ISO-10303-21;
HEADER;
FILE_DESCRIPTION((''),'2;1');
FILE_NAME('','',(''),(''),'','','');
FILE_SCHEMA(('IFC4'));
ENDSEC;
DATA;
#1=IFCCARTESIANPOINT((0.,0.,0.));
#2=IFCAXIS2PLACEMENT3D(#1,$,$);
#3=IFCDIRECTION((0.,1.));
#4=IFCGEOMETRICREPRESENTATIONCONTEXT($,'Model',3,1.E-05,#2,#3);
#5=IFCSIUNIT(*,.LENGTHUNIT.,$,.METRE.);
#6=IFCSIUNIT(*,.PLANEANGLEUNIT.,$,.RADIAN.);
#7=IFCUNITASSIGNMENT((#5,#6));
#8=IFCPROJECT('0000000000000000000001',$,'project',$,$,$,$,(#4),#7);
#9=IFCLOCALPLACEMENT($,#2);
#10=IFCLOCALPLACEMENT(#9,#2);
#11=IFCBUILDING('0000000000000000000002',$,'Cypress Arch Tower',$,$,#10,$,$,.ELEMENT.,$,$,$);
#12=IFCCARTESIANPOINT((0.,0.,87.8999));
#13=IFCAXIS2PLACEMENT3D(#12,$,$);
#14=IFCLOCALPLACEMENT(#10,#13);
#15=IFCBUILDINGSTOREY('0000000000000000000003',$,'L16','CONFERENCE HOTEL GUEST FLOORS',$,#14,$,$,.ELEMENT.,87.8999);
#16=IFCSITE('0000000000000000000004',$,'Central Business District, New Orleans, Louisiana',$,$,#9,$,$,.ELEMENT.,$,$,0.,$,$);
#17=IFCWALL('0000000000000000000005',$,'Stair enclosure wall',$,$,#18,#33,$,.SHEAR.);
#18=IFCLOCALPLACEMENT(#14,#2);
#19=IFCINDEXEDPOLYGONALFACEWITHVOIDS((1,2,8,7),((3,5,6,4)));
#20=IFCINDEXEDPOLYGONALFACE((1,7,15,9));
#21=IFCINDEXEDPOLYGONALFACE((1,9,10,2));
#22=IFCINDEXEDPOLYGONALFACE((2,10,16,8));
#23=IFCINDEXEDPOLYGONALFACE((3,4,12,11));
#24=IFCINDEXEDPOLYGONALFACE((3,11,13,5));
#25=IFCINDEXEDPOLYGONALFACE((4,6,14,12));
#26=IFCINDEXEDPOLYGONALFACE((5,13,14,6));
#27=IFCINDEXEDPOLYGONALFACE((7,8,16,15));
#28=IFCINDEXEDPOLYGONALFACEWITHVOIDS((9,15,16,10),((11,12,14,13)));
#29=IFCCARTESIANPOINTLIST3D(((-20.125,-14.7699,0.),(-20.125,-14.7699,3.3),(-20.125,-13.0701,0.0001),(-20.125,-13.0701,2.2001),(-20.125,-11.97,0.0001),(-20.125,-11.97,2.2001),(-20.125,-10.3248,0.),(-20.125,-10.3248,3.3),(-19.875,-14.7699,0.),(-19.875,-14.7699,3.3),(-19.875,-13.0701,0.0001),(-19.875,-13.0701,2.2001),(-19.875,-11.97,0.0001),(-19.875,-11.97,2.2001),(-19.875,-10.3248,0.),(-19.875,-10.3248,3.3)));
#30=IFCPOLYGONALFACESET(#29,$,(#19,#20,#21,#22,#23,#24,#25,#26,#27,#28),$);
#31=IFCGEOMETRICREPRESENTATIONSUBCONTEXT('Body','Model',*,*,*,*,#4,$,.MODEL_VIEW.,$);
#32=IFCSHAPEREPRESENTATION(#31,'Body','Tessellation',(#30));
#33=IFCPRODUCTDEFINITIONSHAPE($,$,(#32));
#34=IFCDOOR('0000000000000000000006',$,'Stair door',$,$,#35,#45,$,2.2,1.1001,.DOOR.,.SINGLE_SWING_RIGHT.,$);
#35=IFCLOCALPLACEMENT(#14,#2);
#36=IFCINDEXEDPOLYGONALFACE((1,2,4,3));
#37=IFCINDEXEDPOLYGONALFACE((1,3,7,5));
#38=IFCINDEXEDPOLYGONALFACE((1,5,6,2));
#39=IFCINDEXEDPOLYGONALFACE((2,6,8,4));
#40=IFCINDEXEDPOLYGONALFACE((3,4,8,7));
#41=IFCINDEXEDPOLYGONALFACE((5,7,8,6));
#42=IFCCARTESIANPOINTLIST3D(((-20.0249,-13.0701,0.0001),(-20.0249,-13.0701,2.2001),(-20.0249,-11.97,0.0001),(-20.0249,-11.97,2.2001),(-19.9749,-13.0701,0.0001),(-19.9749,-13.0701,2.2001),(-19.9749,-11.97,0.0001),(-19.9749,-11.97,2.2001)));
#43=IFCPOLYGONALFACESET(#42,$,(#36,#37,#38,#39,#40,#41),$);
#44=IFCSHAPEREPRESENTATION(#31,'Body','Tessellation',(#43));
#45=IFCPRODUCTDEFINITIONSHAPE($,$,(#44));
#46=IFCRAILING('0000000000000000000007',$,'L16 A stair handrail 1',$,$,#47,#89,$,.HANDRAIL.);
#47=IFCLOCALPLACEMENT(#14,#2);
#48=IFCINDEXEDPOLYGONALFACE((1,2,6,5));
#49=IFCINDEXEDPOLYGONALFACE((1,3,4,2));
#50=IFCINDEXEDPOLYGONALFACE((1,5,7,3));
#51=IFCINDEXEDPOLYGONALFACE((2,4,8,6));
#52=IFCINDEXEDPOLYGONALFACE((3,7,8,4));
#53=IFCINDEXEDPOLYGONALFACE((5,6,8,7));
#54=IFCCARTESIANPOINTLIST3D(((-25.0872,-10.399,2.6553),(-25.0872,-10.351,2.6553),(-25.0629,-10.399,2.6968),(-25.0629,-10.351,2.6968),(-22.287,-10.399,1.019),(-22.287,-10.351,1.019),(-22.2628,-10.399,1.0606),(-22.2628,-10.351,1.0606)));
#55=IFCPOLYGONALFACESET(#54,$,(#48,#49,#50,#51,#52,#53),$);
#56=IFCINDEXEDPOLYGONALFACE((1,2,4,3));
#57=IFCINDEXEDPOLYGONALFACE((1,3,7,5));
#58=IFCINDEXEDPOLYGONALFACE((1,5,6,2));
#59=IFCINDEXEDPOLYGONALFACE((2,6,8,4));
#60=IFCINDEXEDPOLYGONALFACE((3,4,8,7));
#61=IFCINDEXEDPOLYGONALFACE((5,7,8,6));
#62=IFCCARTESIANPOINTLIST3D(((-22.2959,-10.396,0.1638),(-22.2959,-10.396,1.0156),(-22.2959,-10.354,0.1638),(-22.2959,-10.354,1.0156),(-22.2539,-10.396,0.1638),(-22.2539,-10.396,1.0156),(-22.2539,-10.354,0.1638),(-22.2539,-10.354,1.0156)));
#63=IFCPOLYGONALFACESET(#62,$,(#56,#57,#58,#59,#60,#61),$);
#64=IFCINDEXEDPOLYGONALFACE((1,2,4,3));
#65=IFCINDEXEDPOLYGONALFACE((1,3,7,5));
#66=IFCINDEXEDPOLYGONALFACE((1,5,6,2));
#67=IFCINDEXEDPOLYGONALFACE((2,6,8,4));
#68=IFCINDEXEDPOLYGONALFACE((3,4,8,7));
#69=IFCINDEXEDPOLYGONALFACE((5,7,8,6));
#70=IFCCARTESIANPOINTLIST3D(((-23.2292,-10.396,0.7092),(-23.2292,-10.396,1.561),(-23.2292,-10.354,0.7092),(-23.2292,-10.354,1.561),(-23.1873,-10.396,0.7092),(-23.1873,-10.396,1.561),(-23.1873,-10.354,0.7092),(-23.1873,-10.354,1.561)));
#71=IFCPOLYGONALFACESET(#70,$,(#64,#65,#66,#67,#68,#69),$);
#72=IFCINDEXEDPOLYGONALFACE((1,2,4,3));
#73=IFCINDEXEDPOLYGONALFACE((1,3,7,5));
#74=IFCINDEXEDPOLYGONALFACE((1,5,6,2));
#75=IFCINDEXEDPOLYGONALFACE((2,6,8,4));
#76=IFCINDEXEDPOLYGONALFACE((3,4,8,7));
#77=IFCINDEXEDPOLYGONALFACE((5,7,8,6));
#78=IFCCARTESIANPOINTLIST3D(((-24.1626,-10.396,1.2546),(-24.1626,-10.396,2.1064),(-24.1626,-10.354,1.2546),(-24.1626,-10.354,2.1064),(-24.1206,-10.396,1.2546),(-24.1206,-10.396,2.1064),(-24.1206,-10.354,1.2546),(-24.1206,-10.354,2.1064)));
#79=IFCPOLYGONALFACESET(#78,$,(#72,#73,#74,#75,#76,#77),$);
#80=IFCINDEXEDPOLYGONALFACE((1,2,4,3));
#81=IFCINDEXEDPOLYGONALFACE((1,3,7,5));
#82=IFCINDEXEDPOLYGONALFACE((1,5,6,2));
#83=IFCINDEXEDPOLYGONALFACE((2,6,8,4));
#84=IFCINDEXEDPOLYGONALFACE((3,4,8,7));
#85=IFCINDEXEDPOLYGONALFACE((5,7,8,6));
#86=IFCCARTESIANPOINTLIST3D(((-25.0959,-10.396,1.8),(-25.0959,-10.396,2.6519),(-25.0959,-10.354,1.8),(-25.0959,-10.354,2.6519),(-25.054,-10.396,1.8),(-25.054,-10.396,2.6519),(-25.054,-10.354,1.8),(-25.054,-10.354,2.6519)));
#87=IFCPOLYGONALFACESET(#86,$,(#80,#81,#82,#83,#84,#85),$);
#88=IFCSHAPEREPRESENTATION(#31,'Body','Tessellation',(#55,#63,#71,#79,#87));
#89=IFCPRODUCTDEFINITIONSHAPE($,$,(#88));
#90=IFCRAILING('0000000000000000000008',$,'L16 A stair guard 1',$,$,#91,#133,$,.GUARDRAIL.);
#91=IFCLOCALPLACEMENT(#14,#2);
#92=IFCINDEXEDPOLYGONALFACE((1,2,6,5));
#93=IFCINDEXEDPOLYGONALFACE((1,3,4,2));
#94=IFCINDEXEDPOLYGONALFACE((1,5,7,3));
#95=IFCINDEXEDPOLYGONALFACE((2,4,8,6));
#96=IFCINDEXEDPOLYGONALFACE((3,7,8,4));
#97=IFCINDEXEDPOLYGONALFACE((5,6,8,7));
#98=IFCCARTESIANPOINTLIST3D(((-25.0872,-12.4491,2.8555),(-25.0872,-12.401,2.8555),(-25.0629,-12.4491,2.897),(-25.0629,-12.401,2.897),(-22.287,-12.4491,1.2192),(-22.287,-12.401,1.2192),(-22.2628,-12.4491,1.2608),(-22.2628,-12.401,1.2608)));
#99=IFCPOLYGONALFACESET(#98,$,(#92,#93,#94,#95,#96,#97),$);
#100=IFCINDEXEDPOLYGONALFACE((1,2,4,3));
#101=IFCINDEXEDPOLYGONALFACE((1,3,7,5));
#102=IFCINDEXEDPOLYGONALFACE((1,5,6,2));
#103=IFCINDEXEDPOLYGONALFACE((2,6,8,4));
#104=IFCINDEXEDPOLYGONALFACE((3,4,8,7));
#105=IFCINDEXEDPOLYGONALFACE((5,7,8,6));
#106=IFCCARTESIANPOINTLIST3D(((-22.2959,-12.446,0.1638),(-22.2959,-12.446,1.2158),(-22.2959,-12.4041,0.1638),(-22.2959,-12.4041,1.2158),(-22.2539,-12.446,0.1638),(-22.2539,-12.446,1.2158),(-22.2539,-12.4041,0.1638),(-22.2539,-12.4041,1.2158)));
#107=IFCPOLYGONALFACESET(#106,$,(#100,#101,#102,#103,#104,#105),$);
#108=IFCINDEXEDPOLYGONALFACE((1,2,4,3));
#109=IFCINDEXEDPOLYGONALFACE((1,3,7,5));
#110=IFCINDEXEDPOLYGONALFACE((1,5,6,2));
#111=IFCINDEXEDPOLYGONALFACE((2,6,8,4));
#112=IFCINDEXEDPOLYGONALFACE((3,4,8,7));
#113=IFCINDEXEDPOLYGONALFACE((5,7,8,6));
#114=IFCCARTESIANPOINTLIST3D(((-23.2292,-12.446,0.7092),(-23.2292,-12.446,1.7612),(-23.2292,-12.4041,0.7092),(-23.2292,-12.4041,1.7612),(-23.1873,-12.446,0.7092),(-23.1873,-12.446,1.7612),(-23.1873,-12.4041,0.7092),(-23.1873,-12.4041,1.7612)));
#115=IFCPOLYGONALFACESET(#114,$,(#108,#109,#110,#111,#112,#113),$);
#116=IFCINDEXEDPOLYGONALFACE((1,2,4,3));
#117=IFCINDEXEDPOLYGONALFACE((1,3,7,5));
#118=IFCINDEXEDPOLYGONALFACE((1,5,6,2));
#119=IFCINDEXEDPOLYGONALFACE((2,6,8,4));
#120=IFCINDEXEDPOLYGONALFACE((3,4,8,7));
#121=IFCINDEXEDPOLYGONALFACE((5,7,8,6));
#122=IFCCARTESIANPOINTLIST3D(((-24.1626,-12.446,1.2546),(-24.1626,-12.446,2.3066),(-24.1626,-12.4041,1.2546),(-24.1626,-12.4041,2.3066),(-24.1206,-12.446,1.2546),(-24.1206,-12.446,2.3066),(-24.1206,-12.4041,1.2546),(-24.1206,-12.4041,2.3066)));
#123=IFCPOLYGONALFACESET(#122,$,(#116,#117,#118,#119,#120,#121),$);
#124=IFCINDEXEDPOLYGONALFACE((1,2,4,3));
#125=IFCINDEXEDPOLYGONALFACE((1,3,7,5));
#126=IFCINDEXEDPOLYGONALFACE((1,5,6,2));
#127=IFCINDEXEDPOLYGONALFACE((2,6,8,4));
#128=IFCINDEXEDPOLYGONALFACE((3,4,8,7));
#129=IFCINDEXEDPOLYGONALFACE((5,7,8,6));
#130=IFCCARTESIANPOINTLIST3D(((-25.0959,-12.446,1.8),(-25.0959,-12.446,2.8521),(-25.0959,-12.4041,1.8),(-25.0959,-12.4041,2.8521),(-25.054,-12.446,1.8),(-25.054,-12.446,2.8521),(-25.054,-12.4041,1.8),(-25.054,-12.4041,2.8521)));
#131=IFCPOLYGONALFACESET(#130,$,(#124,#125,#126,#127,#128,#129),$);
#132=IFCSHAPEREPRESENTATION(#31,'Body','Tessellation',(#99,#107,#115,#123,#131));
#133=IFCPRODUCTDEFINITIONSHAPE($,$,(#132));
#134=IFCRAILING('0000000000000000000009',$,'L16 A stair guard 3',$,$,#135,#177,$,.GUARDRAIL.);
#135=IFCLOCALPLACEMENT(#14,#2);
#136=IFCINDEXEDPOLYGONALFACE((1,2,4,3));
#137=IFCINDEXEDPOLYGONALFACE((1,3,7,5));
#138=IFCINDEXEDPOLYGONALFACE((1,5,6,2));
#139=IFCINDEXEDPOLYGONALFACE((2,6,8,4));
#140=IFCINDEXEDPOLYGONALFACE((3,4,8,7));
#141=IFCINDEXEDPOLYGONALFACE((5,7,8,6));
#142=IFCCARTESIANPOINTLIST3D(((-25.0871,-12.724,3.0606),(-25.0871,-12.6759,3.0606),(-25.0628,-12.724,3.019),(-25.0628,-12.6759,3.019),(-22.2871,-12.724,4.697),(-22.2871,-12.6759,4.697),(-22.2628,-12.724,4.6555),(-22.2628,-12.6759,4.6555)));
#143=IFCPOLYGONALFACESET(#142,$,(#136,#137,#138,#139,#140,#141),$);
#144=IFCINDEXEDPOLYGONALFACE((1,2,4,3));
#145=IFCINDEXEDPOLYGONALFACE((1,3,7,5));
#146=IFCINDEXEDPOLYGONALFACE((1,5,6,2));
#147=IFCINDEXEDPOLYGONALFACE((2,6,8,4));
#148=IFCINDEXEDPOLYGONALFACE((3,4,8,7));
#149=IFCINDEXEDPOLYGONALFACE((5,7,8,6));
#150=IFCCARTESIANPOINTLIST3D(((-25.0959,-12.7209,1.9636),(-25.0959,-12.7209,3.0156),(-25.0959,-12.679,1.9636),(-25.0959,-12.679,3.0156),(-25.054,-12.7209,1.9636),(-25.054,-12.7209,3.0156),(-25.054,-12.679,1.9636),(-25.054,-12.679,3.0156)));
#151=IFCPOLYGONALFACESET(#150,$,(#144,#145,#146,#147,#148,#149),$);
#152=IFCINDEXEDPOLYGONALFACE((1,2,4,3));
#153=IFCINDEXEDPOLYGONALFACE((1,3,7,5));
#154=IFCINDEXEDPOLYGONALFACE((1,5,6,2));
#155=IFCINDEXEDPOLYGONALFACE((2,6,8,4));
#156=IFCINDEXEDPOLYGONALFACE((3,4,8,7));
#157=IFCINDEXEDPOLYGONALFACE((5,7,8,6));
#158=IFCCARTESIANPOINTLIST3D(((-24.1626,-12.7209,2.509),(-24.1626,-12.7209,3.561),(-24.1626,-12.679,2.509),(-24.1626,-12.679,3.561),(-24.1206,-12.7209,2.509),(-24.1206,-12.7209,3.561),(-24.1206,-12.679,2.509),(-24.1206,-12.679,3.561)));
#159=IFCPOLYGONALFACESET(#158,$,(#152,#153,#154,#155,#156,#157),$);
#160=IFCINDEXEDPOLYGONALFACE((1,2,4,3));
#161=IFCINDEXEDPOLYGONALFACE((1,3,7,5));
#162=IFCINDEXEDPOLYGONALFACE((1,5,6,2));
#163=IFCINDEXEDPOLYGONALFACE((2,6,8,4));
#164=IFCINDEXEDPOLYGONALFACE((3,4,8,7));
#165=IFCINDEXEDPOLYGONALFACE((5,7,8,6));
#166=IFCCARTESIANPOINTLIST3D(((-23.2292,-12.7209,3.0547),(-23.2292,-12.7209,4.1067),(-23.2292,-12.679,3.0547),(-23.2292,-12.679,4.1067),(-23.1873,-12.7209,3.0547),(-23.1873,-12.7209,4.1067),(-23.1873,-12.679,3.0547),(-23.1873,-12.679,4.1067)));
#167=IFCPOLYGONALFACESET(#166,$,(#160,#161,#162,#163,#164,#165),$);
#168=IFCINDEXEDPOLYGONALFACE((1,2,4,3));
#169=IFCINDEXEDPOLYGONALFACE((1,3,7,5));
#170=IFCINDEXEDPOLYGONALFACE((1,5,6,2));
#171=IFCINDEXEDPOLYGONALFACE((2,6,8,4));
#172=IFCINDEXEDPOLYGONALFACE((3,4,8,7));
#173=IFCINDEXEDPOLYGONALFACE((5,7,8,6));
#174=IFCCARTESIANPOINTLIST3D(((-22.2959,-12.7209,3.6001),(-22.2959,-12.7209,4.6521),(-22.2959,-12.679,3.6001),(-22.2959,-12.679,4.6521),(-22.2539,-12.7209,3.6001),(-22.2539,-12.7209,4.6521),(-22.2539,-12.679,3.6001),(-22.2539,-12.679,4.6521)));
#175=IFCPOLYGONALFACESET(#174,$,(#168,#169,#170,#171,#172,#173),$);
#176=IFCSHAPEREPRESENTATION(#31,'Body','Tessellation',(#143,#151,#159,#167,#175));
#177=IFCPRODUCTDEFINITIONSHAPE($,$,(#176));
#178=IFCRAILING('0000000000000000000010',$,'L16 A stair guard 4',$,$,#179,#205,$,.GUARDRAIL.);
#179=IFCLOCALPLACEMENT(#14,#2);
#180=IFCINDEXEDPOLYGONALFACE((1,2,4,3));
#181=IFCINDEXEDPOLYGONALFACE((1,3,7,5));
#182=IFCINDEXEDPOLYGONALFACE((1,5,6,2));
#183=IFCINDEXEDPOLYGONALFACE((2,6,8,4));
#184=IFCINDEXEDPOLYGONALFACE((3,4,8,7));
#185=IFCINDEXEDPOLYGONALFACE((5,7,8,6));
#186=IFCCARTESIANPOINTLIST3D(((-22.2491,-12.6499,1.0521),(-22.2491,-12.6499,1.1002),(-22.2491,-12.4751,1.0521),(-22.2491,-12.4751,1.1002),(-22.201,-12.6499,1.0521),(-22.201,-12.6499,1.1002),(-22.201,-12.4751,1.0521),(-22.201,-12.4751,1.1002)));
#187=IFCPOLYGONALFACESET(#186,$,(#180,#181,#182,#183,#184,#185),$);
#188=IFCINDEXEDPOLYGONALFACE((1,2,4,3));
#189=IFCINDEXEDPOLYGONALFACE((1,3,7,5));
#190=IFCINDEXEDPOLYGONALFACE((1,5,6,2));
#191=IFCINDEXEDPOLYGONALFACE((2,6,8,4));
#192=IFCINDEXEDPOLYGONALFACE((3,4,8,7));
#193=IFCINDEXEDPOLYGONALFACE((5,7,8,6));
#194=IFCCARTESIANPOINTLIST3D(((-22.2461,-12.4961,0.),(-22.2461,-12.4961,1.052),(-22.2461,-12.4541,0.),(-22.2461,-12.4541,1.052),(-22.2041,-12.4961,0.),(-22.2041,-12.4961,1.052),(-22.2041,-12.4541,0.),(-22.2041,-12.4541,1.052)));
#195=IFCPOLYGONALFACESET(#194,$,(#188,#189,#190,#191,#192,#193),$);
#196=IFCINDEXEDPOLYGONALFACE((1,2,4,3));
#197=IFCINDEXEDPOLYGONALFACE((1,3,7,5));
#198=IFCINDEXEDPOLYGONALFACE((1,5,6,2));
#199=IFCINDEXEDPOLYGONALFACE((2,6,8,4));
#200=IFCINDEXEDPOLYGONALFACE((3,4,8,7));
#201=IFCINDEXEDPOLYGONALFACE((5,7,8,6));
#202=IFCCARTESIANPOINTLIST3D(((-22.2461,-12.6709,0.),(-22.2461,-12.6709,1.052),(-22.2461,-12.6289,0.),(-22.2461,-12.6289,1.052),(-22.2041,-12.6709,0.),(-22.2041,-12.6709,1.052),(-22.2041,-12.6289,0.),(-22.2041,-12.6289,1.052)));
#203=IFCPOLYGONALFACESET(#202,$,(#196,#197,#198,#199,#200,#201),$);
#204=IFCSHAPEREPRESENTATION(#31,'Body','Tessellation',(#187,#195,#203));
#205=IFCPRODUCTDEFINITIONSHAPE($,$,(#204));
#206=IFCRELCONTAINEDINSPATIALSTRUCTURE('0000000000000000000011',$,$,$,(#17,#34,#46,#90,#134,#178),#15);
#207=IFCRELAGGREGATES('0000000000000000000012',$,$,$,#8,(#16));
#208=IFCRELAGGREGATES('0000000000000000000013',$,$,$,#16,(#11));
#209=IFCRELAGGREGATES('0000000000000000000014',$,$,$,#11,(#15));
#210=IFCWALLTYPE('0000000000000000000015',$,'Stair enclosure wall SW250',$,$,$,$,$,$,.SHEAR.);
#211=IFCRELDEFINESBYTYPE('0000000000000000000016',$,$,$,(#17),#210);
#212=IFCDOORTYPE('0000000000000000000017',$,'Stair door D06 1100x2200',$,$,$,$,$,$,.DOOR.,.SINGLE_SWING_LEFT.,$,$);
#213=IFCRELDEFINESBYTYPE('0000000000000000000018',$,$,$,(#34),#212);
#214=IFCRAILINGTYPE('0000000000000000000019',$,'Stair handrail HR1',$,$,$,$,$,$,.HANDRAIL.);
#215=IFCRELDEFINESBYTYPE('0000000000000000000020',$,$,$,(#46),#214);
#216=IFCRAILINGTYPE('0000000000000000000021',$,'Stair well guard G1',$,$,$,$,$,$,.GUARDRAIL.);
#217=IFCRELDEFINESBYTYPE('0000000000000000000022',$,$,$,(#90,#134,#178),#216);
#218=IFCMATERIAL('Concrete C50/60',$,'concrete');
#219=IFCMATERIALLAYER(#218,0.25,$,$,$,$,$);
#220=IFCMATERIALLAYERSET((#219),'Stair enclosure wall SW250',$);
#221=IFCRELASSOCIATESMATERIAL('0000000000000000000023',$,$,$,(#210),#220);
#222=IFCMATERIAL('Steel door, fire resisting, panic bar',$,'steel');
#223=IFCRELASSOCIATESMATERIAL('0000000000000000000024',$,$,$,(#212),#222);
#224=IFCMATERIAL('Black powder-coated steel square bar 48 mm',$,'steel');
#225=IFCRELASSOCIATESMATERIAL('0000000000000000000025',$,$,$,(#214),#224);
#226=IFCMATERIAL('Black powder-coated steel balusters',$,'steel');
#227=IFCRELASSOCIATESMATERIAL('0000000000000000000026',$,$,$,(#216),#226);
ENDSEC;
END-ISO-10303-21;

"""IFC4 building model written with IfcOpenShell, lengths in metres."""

from ifc_helpers import new_model, si_unit, direction, frame, frame_2d, origin, origin_2d, place, context, subcontext, project, spatial, rectangle, extrude, material, layer, layer_set, type_object, element, fill, save


model = new_model("IFC4")

# Units and contexts
model_context = context("Model", 3, precision=1e-05, world=origin(), true_north=direction((0.0, 1.0)))
body_context = subcontext(model_context, "Body", "Model", "MODEL_VIEW")
ifc_project = project(units=[si_unit("LENGTHUNIT", "METRE"), si_unit("PLANEANGLEUNIT", "RADIAN")], contexts=[model_context])

# Site, building, storey
site_placement = place(None, origin())
site = spatial("IfcSite", under=ifc_project, at=site_placement, Name="Central Business District, New Orleans, Louisiana", CompositionType="ELEMENT", RefElevation=0.0)
building_placement = place(site_placement, origin())
building = spatial("IfcBuilding", under=site, at=building_placement, Name="Cypress Arch Tower", CompositionType="ELEMENT")
storey_placement = place(building_placement, frame((0.0, 0.0, 87.8999)))
storey = spatial("IfcBuildingStorey", under=building, at=storey_placement, Name="L16", Description="CONFERENCE HOTEL GUEST FLOORS", CompositionType="ELEMENT", Elevation=87.8999)

# Wall, opening, door
ifc_material_1 = material(Name="Concrete C50/60", Category="concrete")
ifc_layer_1 = layer(ifc_material_1, 0.25)
ifc_layer_set_1 = layer_set([ifc_layer_1], Name="Stair enclosure wall SW250")
wall_type_1 = type_object("IfcWallType", Name="Stair enclosure wall SW250", PredefinedType="SHEAR", material=ifc_layer_set_1)
wall_1_placement = place(storey_placement, frame((-20.0, -14.77, 0.0), z_axis=(0.0, 0.0, 1.0), x_axis=(0.0, 1.0, 0.0)))
wall_1 = element("IfcWall", 1, at=wall_1_placement, inside=storey, type_object=wall_type_1, Name="Stair enclosure wall", PredefinedType="SHEAR", context=body_context, shape_type="SweptSolid", body=[
    extrude(rectangle(XDim=4.4451, YDim=0.25, at=frame_2d((2.2227, 0.0))), origin(), (0.0, 0.0, 1.0), 3.3),
])
opening_1_placement = place(wall_1_placement, frame((1.7, 0.0, 0.0)))
opening_1 = element("IfcOpeningElement", 2, at=opening_1_placement, cuts=wall_1, PredefinedType="OPENING", context=body_context, shape_type="SweptSolid", body=[
    extrude(rectangle(XDim=1.1001, YDim=2.2, at=frame_2d((0.55, 1.1001))), frame((0.0, 0.135, 0.0), z_axis=(0.0, -1.0, 0.0), x_axis=(1.0, 0.0, 0.0)), (0.0, 0.0, 1.0), 0.27),
])
ifc_material_2 = material(Name="Steel door, fire resisting, panic bar", Category="steel")
door_type_1 = type_object("IfcDoorType", Name="Stair door D06 1100x2200", OperationType="SINGLE_SWING_LEFT", PredefinedType="DOOR", material=ifc_material_2)
door_1_placement = place(opening_1_placement, origin())
door_1 = element("IfcDoor", 3, at=door_1_placement, inside=storey, type_object=door_type_1, Name="Stair door", OperationType="SINGLE_SWING_RIGHT", OverallHeight=2.2, OverallWidth=1.1001, PredefinedType="DOOR", context=body_context, shape_type="SweptSolid", body=[
    extrude(rectangle(XDim=1.1001, YDim=2.2, at=frame_2d((0.55, 1.1001))), frame((0.0, 0.0249, 0.0), z_axis=(0.0, -1.0, 0.0), x_axis=(1.0, 0.0, 0.0)), (0.0, 0.0, 1.0), 0.05),
])
fill(opening_1, door_1)

# Railings
ifc_material_3 = material(Name="Black powder-coated steel square bar 48 mm", Category="steel")
railing_type_1 = type_object("IfcRailingType", Name="Stair handrail HR1", PredefinedType="HANDRAIL", material=ifc_material_3)
railing_1_placement = place(storey_placement, frame((-22.2749, -10.375, 0.1638)))
element("IfcRailing", 4, at=railing_1_placement, inside=storey, type_object=railing_type_1, Name="L16 A stair handrail 1", PredefinedType="HANDRAIL", context=body_context, shape_type="SweptSolid", body=[
    extrude(rectangle(XDim=0.0481, YDim=0.0481, at=origin_2d()), frame((0.0, 0.0, 0.876), z_axis=(-0.863394, 0.0, 0.504531), x_axis=(0.0, -1.0, 0.0)), (0.0, 0.0, 1.0), 3.2432),
    extrude(rectangle(XDim=0.042, YDim=0.042, at=origin_2d()), origin(), (0.0, 0.0, 1.0), 0.8518),
    extrude(rectangle(XDim=0.042, YDim=0.042, at=origin_2d()), frame((-0.9333, 0.0, 0.5454)), (0.0, 0.0, 1.0), 0.8518),
    extrude(rectangle(XDim=0.042, YDim=0.042, at=origin_2d()), frame((-1.8667, 0.0, 1.0908)), (0.0, 0.0, 1.0), 0.8518),
    extrude(rectangle(XDim=0.042, YDim=0.042, at=origin_2d()), frame((-2.8, 0.0, 1.6362)), (0.0, 0.0, 1.0), 0.8518),
])
ifc_material_4 = material(Name="Black powder-coated steel balusters", Category="steel")
railing_type_2 = type_object("IfcRailingType", Name="Stair well guard G1", PredefinedType="GUARDRAIL", material=ifc_material_4)
railing_2_placement = place(storey_placement, frame((-22.2749, -12.425, 0.1638)))
element("IfcRailing", 5, at=railing_2_placement, inside=storey, type_object=railing_type_2, Name="L16 A stair guard 1", PredefinedType="GUARDRAIL", context=body_context, shape_type="SweptSolid", body=[
    extrude(rectangle(XDim=0.0481, YDim=0.0481, at=origin_2d()), frame((0.0, 0.0, 1.0762), z_axis=(-0.863394, 0.0, 0.504531), x_axis=(0.0, -1.0, 0.0)), (0.0, 0.0, 1.0), 3.2432),
    extrude(rectangle(XDim=0.042, YDim=0.042, at=origin_2d()), origin(), (0.0, 0.0, 1.0), 1.052),
    extrude(rectangle(XDim=0.042, YDim=0.042, at=origin_2d()), frame((-0.9333, 0.0, 0.5454)), (0.0, 0.0, 1.0), 1.052),
    extrude(rectangle(XDim=0.042, YDim=0.042, at=origin_2d()), frame((-1.8667, 0.0, 1.0908)), (0.0, 0.0, 1.0), 1.052),
    extrude(rectangle(XDim=0.042, YDim=0.042, at=origin_2d()), frame((-2.8, 0.0, 1.6362)), (0.0, 0.0, 1.0), 1.052),
])
railing_3_placement = place(storey_placement, frame((-25.075, -12.7, 1.9636)))
element("IfcRailing", 6, at=railing_3_placement, inside=storey, type_object=railing_type_2, Name="L16 A stair guard 3", PredefinedType="GUARDRAIL", context=body_context, shape_type="SweptSolid", body=[
    extrude(rectangle(XDim=0.0481, YDim=0.0481, at=origin_2d()), frame((0.0, 0.0, 1.0762), z_axis=(0.863361, 0.0, 0.504587), x_axis=(0.0, 1.0, 0.0)), (0.0, 0.0, 1.0), 3.2432),
    extrude(rectangle(XDim=0.042, YDim=0.042, at=origin_2d()), origin(), (0.0, 0.0, 1.0), 1.052),
    extrude(rectangle(XDim=0.042, YDim=0.042, at=origin_2d()), frame((0.9333, 0.0, 0.5454)), (0.0, 0.0, 1.0), 1.052),
    extrude(rectangle(XDim=0.042, YDim=0.042, at=origin_2d()), frame((1.8667, 0.0, 1.0911)), (0.0, 0.0, 1.0), 1.052),
    extrude(rectangle(XDim=0.042, YDim=0.042, at=origin_2d()), frame((2.8, 0.0, 1.6365)), (0.0, 0.0, 1.0), 1.052),
])
railing_4_placement = place(storey_placement, frame((-22.2251, -12.4751, 0.0)))
element("IfcRailing", 7, at=railing_4_placement, inside=storey, type_object=railing_type_2, Name="L16 A stair guard 4", PredefinedType="GUARDRAIL", context=body_context, shape_type="SweptSolid", body=[
    extrude(rectangle(XDim=0.0481, YDim=0.0481, at=origin_2d()), frame((0.0, 0.0, 1.0762), z_axis=(0.0, -1.0, 0.0), x_axis=(1.0, 0.0, 0.0)), (0.0, 0.0, 1.0), 0.1748),
    extrude(rectangle(XDim=0.042, YDim=0.042, at=origin_2d()), origin(), (0.0, 0.0, 1.0), 1.052),
    extrude(rectangle(XDim=0.042, YDim=0.042, at=origin_2d()), frame((0.0, -0.1748, 0.0)), (0.0, 0.0, 1.0), 1.052),
])

save(model, "model.ifc")
